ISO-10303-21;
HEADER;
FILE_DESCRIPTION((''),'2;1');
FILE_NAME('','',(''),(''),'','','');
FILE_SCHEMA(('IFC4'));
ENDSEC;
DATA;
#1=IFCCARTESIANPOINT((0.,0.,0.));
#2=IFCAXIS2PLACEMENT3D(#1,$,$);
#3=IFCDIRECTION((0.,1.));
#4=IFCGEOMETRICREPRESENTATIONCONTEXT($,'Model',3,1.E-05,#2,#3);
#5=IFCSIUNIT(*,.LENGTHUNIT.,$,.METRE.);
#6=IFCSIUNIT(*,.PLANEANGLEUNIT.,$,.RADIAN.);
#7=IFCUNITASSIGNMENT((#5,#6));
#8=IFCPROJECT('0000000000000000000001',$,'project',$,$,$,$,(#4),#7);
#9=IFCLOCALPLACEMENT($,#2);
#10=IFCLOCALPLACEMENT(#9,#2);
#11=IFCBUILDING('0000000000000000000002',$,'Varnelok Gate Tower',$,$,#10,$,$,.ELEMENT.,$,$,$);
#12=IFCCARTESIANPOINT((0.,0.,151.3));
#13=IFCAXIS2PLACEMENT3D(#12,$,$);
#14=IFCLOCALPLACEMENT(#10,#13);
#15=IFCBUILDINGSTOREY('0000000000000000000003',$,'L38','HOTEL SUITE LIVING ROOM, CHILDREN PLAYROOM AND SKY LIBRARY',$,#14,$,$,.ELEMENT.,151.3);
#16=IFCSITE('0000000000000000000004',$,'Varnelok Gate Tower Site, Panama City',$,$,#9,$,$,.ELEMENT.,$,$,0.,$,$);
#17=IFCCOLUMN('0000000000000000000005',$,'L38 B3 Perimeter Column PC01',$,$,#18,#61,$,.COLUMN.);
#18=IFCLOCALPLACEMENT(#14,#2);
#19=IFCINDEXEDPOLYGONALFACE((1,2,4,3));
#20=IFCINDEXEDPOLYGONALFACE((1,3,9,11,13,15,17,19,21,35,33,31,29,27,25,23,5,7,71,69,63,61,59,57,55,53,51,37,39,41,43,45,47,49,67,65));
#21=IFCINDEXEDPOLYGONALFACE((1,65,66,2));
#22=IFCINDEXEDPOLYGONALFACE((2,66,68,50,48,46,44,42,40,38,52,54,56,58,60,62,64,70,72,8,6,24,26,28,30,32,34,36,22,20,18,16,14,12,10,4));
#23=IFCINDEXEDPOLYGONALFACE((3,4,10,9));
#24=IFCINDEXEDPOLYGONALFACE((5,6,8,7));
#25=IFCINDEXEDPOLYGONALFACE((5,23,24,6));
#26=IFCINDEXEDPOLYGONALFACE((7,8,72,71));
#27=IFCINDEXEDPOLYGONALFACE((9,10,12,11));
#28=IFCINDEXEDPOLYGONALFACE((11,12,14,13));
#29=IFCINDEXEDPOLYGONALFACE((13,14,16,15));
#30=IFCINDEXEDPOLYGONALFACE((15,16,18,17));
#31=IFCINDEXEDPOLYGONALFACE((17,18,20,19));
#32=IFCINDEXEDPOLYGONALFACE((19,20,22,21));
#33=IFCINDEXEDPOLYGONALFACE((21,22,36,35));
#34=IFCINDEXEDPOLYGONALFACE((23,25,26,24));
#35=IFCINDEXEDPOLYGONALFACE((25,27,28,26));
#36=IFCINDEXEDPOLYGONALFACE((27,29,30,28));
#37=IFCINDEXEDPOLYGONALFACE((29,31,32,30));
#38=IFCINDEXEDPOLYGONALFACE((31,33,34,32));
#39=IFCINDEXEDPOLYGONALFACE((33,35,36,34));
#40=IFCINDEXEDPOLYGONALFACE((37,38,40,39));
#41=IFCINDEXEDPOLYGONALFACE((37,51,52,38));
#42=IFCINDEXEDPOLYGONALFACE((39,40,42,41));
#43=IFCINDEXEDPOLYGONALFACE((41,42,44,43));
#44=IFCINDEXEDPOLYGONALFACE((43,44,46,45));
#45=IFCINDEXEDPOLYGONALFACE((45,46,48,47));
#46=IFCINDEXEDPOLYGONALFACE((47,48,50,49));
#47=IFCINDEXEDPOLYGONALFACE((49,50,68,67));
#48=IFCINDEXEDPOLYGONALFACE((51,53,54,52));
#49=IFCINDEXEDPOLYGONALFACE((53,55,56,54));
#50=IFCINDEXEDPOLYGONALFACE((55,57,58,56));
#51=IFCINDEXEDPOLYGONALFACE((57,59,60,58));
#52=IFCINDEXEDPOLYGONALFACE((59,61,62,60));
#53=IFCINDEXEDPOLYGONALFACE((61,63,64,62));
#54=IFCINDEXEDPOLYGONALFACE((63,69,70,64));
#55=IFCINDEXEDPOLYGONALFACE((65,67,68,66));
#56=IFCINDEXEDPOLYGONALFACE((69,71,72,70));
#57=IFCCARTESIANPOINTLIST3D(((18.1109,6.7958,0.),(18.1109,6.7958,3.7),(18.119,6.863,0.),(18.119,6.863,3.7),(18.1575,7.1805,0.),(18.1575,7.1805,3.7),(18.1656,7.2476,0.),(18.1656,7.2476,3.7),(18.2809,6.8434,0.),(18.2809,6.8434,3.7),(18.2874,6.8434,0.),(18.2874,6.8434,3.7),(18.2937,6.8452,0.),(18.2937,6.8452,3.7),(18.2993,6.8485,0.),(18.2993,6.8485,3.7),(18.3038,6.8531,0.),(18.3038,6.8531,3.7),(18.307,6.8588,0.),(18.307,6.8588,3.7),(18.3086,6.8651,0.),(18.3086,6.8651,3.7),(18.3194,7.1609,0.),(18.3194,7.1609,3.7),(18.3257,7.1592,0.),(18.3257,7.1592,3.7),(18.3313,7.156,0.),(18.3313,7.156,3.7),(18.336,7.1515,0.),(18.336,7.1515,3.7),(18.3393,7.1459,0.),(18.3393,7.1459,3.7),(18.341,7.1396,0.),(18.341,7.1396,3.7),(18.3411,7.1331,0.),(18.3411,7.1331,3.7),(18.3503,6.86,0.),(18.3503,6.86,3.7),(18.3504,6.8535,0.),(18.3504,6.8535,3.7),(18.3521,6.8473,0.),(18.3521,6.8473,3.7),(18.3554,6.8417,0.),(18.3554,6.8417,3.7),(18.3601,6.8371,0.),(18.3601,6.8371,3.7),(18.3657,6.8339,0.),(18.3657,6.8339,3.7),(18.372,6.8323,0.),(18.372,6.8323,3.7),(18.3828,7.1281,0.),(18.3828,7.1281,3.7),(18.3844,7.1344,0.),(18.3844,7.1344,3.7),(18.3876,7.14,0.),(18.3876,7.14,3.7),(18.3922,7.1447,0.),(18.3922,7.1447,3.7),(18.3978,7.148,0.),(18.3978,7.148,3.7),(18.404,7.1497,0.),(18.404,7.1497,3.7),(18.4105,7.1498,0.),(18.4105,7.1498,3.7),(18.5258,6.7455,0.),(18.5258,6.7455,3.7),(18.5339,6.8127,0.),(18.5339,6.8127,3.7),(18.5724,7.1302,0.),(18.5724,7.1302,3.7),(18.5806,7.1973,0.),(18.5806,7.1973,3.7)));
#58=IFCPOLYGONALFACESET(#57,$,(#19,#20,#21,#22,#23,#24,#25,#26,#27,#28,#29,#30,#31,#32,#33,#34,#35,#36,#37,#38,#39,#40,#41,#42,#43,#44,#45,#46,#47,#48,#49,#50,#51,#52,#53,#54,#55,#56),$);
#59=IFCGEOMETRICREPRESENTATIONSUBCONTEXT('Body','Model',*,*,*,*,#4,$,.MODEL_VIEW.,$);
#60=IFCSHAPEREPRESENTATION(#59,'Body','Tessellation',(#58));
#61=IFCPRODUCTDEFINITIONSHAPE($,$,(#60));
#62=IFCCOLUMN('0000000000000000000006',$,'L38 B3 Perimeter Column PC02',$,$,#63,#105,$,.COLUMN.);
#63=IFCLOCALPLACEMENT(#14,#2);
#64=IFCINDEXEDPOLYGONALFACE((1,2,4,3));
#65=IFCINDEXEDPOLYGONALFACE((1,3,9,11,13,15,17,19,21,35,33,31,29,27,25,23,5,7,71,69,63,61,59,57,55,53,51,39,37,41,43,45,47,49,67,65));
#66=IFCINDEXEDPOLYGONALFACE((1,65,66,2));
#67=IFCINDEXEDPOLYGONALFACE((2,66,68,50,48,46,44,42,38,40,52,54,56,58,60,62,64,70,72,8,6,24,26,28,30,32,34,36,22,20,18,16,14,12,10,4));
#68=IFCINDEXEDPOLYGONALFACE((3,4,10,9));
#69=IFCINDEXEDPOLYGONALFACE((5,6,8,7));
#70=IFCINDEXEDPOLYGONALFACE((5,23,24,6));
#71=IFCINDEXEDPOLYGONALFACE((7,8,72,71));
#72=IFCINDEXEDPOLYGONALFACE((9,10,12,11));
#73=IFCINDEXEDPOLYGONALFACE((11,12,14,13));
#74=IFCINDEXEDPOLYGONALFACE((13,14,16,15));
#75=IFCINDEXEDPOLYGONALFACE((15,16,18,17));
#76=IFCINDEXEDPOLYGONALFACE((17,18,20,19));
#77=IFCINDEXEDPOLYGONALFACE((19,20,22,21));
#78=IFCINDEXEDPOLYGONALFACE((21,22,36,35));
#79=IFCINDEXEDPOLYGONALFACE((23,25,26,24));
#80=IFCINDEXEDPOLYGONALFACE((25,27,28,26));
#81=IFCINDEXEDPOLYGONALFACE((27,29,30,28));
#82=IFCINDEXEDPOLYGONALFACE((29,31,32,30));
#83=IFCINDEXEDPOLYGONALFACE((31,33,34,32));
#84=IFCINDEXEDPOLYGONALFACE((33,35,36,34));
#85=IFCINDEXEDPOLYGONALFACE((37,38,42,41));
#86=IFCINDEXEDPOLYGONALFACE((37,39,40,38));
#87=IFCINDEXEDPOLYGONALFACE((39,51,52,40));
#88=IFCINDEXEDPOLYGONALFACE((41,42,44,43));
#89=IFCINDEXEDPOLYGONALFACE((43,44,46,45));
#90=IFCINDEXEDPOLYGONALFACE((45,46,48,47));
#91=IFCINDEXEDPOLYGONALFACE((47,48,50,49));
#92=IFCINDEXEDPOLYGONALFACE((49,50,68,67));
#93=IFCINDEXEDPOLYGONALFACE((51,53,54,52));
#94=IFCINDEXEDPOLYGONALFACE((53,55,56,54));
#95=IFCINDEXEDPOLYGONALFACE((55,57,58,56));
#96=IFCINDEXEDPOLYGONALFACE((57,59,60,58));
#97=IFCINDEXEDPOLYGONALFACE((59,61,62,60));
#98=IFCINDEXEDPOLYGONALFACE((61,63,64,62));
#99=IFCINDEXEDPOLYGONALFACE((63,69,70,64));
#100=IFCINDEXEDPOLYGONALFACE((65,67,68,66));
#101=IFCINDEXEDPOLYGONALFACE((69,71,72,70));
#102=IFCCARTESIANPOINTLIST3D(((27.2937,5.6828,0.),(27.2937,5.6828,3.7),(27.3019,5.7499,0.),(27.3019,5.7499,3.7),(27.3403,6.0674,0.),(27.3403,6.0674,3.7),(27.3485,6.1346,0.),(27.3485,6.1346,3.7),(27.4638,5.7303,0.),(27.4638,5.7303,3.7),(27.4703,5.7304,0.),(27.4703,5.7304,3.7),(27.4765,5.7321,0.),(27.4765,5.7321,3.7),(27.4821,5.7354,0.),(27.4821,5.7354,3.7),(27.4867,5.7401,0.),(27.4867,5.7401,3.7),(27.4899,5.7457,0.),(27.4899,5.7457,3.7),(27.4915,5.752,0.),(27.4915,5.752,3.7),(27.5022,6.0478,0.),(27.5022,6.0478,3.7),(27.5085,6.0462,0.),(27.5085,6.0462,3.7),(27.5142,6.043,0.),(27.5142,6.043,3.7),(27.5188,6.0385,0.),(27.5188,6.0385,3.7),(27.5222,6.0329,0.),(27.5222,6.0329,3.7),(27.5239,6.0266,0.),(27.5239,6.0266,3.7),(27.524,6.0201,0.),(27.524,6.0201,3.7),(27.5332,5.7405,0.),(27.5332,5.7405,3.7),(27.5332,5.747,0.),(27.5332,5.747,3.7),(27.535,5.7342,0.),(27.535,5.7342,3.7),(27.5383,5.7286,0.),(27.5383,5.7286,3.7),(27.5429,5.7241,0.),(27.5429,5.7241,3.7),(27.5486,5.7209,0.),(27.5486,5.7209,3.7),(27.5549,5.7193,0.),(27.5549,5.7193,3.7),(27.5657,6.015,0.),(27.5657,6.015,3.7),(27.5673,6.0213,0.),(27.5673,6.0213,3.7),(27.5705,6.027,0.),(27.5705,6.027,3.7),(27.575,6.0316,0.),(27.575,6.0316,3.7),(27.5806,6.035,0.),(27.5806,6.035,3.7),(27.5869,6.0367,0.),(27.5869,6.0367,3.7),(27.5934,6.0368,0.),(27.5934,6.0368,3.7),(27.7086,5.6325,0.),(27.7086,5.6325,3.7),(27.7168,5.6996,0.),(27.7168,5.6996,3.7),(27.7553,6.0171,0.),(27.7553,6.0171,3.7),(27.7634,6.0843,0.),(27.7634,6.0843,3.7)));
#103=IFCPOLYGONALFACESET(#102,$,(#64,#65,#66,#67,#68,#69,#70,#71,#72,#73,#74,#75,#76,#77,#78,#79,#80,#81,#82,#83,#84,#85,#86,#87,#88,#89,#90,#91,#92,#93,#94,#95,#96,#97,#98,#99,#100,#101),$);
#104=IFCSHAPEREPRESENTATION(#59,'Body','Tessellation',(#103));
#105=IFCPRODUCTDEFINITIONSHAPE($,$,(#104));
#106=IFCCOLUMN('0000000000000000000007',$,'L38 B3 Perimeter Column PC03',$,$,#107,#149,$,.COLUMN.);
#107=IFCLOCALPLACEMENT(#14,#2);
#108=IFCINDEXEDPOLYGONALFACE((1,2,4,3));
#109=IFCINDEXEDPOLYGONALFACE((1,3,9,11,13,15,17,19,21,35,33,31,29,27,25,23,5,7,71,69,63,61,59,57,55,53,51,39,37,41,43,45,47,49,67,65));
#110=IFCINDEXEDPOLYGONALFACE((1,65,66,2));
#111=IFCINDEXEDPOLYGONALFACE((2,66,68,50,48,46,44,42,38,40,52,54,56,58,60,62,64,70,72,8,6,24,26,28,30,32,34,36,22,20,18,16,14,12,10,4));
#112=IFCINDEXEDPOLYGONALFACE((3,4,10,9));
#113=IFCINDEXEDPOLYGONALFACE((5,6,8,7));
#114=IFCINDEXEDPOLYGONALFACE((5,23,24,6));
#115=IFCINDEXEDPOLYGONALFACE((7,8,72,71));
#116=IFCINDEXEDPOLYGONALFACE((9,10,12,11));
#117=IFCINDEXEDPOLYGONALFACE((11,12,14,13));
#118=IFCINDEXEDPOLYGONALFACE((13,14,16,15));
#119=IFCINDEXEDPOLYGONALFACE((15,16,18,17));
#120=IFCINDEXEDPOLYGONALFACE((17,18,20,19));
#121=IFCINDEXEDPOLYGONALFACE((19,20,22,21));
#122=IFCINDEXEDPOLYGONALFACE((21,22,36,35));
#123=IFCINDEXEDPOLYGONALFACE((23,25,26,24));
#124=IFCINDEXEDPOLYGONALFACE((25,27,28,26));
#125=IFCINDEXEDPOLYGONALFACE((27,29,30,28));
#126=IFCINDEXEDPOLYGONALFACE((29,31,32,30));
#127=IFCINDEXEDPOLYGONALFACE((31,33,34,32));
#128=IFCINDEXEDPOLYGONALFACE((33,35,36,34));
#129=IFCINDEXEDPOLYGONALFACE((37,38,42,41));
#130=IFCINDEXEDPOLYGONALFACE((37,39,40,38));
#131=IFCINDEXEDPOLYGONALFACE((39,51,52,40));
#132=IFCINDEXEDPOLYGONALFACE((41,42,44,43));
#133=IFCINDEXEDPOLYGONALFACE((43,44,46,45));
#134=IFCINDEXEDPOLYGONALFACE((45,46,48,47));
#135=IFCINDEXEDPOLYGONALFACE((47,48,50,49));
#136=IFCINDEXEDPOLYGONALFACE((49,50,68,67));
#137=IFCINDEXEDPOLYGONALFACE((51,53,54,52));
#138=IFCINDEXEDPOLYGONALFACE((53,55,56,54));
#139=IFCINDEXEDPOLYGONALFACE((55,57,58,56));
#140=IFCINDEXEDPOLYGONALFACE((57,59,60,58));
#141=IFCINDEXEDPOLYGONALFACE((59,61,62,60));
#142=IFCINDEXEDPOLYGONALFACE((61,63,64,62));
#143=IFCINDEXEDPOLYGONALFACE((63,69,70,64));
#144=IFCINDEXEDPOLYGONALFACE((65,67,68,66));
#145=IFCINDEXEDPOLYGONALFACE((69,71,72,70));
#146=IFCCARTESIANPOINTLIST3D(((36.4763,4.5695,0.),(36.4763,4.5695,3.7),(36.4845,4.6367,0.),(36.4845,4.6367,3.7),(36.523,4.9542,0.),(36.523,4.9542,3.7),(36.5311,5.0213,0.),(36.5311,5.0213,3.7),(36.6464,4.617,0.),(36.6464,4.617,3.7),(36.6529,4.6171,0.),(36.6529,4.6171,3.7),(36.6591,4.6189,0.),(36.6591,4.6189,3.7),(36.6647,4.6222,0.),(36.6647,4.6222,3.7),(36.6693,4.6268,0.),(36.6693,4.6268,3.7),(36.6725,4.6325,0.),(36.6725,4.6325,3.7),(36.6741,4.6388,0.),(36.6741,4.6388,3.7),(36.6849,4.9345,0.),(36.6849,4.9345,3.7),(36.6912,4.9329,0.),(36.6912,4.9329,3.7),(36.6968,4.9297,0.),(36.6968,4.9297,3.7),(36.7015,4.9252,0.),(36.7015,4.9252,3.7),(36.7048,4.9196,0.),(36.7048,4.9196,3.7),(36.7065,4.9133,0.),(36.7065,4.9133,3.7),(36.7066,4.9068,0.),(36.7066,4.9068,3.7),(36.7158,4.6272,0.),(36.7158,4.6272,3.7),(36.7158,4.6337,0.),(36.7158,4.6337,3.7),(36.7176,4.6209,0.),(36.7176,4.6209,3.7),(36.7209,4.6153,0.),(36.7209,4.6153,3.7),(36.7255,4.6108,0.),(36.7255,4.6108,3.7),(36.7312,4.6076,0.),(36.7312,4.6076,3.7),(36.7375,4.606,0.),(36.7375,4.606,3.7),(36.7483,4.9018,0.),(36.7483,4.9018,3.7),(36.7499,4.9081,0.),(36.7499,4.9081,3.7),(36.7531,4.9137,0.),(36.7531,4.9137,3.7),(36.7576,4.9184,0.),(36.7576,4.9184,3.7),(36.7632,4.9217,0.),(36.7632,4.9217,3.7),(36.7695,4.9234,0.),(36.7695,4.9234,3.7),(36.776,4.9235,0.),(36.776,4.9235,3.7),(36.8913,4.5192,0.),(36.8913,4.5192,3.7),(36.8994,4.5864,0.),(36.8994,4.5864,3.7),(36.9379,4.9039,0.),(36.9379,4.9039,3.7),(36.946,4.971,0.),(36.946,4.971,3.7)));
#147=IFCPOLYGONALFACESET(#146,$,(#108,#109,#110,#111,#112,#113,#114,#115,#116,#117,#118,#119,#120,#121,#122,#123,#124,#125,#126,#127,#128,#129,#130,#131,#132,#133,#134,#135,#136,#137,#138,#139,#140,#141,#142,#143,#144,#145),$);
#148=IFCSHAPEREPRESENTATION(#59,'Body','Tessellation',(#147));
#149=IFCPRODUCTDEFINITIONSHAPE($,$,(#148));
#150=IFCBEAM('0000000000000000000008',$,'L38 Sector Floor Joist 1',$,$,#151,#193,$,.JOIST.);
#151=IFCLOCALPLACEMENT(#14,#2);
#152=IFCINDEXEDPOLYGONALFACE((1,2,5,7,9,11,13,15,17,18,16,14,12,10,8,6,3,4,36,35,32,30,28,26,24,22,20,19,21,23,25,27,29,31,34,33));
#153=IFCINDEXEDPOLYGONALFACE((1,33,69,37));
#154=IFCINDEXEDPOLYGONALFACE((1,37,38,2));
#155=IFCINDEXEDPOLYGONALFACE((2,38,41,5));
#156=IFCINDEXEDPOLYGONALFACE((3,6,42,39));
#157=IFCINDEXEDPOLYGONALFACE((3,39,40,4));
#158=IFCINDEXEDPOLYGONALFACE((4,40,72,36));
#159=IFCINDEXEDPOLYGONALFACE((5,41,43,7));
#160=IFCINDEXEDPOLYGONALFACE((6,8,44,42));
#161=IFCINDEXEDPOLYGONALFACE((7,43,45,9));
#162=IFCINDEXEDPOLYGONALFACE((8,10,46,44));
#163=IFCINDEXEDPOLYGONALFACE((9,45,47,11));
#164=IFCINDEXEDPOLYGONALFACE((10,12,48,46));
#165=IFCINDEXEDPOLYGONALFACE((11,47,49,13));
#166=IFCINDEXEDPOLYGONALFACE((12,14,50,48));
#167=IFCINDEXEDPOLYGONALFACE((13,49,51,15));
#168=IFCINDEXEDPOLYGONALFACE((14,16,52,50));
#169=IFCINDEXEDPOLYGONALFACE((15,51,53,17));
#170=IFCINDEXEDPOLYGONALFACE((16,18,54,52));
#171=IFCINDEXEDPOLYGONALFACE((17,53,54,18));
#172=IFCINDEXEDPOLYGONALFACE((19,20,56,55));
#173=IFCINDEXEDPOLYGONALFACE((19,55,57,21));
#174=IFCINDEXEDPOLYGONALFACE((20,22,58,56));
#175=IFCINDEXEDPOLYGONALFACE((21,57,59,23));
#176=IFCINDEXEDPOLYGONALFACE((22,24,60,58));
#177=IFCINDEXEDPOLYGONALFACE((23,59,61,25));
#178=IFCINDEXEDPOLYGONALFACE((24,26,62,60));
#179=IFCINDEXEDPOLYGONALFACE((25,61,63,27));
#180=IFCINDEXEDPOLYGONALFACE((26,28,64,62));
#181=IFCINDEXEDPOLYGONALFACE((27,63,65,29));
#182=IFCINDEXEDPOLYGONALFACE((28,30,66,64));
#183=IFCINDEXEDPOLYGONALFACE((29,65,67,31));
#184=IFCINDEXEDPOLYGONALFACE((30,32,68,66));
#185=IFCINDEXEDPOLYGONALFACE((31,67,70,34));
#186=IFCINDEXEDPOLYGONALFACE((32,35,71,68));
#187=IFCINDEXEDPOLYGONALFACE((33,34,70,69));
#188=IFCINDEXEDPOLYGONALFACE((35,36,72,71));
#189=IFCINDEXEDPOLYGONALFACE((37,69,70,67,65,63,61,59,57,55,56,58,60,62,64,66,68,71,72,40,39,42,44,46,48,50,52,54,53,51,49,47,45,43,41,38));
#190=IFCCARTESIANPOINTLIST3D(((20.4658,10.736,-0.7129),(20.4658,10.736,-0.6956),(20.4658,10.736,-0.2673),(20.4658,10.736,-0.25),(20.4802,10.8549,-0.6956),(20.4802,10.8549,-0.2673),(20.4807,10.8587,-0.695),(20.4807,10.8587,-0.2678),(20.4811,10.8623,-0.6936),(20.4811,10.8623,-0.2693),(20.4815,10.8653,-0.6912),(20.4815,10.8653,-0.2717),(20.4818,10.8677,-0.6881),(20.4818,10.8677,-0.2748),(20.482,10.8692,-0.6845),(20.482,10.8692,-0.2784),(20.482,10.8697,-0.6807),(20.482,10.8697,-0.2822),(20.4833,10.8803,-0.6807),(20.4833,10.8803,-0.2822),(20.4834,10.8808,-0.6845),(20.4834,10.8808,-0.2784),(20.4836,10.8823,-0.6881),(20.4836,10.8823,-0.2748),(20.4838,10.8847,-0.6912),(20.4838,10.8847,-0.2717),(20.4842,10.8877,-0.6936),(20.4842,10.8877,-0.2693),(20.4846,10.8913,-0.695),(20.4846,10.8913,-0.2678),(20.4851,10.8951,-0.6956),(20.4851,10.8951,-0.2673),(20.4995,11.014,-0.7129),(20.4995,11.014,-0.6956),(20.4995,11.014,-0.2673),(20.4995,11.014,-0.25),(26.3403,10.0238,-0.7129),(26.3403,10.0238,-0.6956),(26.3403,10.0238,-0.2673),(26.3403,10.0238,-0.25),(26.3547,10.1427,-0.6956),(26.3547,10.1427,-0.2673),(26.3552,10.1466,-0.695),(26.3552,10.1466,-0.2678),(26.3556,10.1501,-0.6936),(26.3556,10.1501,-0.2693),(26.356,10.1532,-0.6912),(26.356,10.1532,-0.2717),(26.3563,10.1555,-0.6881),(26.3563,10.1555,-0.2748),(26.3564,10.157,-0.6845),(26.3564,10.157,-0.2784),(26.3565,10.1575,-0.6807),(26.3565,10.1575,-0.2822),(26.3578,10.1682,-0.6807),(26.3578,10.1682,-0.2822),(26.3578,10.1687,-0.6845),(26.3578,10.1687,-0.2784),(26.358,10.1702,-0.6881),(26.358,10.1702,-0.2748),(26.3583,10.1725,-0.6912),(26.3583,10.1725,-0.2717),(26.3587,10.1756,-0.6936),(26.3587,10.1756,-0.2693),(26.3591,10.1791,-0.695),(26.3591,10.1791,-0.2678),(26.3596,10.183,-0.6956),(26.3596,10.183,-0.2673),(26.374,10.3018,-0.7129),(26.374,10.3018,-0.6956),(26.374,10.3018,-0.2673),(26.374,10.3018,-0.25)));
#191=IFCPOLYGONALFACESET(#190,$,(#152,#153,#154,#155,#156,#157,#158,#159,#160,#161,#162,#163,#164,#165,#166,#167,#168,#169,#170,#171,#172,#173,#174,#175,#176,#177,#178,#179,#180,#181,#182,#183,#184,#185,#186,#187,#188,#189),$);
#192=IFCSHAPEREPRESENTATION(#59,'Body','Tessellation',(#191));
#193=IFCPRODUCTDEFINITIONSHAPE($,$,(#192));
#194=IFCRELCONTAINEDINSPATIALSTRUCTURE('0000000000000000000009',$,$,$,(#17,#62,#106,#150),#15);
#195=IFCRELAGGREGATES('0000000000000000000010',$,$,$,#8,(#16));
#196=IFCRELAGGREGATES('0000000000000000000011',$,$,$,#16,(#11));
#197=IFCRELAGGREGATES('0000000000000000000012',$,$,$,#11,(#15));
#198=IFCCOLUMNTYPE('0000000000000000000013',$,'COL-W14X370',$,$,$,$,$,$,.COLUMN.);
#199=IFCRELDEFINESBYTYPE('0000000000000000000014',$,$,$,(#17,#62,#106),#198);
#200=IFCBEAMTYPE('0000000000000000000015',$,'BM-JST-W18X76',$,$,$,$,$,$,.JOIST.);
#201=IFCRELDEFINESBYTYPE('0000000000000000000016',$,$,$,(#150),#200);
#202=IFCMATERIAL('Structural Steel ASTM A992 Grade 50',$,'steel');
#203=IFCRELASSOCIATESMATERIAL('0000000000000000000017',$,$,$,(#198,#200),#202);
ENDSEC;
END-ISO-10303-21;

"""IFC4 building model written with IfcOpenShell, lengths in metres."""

from ifc_helpers import new_model, si_unit, direction, frame, origin, origin_2d, place, context, subcontext, project, spatial, i_section, extrude, material, material_profile, profile_set, type_object, element, save


model = new_model("IFC4")

# Units and contexts
model_context = context("Model", 3, precision=1e-05, world=origin(), true_north=direction((0.0, 1.0)))
body_context = subcontext(model_context, "Body", "Model", "MODEL_VIEW")
ifc_project = project(units=[si_unit("LENGTHUNIT", "METRE"), si_unit("PLANEANGLEUNIT", "RADIAN")], contexts=[model_context])

# Site, building, storey
site_placement = place(None, origin())
site = spatial("IfcSite", under=ifc_project, at=site_placement, Name="Varnelok Gate Tower Site, Panama City", CompositionType="ELEMENT", RefElevation=0.0)
building_placement = place(site_placement, origin())
building = spatial("IfcBuilding", under=site, at=building_placement, Name="Varnelok Gate Tower", CompositionType="ELEMENT")
storey_placement = place(building_placement, frame((0.0, 0.0, 151.3)))
storey = spatial("IfcBuildingStorey", under=building, at=storey_placement, Name="L38", Description="HOTEL SUITE LIVING ROOM, CHILDREN PLAYROOM AND SKY LIBRARY", CompositionType="ELEMENT", Elevation=151.3)

# Columns
ifc_material_1 = material(Name="Structural Steel ASTM A992 Grade 50", Category="steel")
ifc_material_profile_1 = material_profile(ifc_material_1, i_section(OverallWidth=0.418, OverallDepth=0.4551, WebThickness=0.042, FlangeThickness=0.0676, FilletRadius=0.0249, at=origin_2d()), Name="W14X370")
ifc_profile_set_1 = profile_set([ifc_material_profile_1], Name="Structural Steel ASTM A992 Grade 50")
column_type = type_object("IfcColumnType", Name="COL-W14X370", PredefinedType="COLUMN", material=ifc_profile_set_1)
for number, where, z_axis, x_axis, name in (
    (1, (18.3457, 6.9966, 0.0), (0.0, 0.0, 1.0), (0.992732, -0.120345, 0.0), "L38 B3 Perimeter Column PC01"),
    (2, (27.5286, 5.8835, 0.0), (0.0, 0.0, 1.0), (0.992732, -0.120345, 0.0), "L38 B3 Perimeter Column PC02"),
    (3, (36.7112, 4.7703, 0.0), (0.0, 0.0, 1.0), (0.992732, -0.120345, 0.0), "L38 B3 Perimeter Column PC03"),
):
    element("IfcColumn", number, at=place(storey_placement, frame(where, z_axis=z_axis, x_axis=x_axis)), inside=storey, type_object=column_type, Name=name, PredefinedType="COLUMN", context=body_context, shape_type="SweptSolid", body=[
        extrude(i_section(OverallWidth=0.418, OverallDepth=0.4551, WebThickness=0.042, FlangeThickness=0.0676, FilletRadius=0.0249, at=origin_2d()), origin(), (0.0, 0.0, 1.0), 3.7),
    ])

# Beam
ifc_material_profile_2 = material_profile(ifc_material_1, i_section(OverallWidth=0.28, OverallDepth=0.4629, WebThickness=0.0107, FlangeThickness=0.0173, FilletRadius=0.0149, at=origin_2d()), Name="W18X76")
ifc_profile_set_2 = profile_set([ifc_material_profile_2], Name="Structural Steel ASTM A992 Grade 50")
beam_type_1 = type_object("IfcBeamType", Name="BM-JST-W18X76", PredefinedType="JOIST", material=ifc_profile_set_2)
beam_1_placement = place(storey_placement, frame((20.4827, 10.875, -0.4814), z_axis=(0.992732, -0.120347, 0.0), x_axis=(0.120347, 0.992732, 0.0)))
element("IfcBeam", 4, at=beam_1_placement, inside=storey, type_object=beam_type_1, Name="L38 Sector Floor Joist 1", PredefinedType="JOIST", context=body_context, shape_type="SweptSolid", body=[
    extrude(i_section(OverallWidth=0.28, OverallDepth=0.4629, WebThickness=0.0107, FlangeThickness=0.0173, FilletRadius=0.0149, at=origin_2d()), origin(), (0.0, 0.0, 1.0), 5.9175),
])

save(model, "model.ifc")
